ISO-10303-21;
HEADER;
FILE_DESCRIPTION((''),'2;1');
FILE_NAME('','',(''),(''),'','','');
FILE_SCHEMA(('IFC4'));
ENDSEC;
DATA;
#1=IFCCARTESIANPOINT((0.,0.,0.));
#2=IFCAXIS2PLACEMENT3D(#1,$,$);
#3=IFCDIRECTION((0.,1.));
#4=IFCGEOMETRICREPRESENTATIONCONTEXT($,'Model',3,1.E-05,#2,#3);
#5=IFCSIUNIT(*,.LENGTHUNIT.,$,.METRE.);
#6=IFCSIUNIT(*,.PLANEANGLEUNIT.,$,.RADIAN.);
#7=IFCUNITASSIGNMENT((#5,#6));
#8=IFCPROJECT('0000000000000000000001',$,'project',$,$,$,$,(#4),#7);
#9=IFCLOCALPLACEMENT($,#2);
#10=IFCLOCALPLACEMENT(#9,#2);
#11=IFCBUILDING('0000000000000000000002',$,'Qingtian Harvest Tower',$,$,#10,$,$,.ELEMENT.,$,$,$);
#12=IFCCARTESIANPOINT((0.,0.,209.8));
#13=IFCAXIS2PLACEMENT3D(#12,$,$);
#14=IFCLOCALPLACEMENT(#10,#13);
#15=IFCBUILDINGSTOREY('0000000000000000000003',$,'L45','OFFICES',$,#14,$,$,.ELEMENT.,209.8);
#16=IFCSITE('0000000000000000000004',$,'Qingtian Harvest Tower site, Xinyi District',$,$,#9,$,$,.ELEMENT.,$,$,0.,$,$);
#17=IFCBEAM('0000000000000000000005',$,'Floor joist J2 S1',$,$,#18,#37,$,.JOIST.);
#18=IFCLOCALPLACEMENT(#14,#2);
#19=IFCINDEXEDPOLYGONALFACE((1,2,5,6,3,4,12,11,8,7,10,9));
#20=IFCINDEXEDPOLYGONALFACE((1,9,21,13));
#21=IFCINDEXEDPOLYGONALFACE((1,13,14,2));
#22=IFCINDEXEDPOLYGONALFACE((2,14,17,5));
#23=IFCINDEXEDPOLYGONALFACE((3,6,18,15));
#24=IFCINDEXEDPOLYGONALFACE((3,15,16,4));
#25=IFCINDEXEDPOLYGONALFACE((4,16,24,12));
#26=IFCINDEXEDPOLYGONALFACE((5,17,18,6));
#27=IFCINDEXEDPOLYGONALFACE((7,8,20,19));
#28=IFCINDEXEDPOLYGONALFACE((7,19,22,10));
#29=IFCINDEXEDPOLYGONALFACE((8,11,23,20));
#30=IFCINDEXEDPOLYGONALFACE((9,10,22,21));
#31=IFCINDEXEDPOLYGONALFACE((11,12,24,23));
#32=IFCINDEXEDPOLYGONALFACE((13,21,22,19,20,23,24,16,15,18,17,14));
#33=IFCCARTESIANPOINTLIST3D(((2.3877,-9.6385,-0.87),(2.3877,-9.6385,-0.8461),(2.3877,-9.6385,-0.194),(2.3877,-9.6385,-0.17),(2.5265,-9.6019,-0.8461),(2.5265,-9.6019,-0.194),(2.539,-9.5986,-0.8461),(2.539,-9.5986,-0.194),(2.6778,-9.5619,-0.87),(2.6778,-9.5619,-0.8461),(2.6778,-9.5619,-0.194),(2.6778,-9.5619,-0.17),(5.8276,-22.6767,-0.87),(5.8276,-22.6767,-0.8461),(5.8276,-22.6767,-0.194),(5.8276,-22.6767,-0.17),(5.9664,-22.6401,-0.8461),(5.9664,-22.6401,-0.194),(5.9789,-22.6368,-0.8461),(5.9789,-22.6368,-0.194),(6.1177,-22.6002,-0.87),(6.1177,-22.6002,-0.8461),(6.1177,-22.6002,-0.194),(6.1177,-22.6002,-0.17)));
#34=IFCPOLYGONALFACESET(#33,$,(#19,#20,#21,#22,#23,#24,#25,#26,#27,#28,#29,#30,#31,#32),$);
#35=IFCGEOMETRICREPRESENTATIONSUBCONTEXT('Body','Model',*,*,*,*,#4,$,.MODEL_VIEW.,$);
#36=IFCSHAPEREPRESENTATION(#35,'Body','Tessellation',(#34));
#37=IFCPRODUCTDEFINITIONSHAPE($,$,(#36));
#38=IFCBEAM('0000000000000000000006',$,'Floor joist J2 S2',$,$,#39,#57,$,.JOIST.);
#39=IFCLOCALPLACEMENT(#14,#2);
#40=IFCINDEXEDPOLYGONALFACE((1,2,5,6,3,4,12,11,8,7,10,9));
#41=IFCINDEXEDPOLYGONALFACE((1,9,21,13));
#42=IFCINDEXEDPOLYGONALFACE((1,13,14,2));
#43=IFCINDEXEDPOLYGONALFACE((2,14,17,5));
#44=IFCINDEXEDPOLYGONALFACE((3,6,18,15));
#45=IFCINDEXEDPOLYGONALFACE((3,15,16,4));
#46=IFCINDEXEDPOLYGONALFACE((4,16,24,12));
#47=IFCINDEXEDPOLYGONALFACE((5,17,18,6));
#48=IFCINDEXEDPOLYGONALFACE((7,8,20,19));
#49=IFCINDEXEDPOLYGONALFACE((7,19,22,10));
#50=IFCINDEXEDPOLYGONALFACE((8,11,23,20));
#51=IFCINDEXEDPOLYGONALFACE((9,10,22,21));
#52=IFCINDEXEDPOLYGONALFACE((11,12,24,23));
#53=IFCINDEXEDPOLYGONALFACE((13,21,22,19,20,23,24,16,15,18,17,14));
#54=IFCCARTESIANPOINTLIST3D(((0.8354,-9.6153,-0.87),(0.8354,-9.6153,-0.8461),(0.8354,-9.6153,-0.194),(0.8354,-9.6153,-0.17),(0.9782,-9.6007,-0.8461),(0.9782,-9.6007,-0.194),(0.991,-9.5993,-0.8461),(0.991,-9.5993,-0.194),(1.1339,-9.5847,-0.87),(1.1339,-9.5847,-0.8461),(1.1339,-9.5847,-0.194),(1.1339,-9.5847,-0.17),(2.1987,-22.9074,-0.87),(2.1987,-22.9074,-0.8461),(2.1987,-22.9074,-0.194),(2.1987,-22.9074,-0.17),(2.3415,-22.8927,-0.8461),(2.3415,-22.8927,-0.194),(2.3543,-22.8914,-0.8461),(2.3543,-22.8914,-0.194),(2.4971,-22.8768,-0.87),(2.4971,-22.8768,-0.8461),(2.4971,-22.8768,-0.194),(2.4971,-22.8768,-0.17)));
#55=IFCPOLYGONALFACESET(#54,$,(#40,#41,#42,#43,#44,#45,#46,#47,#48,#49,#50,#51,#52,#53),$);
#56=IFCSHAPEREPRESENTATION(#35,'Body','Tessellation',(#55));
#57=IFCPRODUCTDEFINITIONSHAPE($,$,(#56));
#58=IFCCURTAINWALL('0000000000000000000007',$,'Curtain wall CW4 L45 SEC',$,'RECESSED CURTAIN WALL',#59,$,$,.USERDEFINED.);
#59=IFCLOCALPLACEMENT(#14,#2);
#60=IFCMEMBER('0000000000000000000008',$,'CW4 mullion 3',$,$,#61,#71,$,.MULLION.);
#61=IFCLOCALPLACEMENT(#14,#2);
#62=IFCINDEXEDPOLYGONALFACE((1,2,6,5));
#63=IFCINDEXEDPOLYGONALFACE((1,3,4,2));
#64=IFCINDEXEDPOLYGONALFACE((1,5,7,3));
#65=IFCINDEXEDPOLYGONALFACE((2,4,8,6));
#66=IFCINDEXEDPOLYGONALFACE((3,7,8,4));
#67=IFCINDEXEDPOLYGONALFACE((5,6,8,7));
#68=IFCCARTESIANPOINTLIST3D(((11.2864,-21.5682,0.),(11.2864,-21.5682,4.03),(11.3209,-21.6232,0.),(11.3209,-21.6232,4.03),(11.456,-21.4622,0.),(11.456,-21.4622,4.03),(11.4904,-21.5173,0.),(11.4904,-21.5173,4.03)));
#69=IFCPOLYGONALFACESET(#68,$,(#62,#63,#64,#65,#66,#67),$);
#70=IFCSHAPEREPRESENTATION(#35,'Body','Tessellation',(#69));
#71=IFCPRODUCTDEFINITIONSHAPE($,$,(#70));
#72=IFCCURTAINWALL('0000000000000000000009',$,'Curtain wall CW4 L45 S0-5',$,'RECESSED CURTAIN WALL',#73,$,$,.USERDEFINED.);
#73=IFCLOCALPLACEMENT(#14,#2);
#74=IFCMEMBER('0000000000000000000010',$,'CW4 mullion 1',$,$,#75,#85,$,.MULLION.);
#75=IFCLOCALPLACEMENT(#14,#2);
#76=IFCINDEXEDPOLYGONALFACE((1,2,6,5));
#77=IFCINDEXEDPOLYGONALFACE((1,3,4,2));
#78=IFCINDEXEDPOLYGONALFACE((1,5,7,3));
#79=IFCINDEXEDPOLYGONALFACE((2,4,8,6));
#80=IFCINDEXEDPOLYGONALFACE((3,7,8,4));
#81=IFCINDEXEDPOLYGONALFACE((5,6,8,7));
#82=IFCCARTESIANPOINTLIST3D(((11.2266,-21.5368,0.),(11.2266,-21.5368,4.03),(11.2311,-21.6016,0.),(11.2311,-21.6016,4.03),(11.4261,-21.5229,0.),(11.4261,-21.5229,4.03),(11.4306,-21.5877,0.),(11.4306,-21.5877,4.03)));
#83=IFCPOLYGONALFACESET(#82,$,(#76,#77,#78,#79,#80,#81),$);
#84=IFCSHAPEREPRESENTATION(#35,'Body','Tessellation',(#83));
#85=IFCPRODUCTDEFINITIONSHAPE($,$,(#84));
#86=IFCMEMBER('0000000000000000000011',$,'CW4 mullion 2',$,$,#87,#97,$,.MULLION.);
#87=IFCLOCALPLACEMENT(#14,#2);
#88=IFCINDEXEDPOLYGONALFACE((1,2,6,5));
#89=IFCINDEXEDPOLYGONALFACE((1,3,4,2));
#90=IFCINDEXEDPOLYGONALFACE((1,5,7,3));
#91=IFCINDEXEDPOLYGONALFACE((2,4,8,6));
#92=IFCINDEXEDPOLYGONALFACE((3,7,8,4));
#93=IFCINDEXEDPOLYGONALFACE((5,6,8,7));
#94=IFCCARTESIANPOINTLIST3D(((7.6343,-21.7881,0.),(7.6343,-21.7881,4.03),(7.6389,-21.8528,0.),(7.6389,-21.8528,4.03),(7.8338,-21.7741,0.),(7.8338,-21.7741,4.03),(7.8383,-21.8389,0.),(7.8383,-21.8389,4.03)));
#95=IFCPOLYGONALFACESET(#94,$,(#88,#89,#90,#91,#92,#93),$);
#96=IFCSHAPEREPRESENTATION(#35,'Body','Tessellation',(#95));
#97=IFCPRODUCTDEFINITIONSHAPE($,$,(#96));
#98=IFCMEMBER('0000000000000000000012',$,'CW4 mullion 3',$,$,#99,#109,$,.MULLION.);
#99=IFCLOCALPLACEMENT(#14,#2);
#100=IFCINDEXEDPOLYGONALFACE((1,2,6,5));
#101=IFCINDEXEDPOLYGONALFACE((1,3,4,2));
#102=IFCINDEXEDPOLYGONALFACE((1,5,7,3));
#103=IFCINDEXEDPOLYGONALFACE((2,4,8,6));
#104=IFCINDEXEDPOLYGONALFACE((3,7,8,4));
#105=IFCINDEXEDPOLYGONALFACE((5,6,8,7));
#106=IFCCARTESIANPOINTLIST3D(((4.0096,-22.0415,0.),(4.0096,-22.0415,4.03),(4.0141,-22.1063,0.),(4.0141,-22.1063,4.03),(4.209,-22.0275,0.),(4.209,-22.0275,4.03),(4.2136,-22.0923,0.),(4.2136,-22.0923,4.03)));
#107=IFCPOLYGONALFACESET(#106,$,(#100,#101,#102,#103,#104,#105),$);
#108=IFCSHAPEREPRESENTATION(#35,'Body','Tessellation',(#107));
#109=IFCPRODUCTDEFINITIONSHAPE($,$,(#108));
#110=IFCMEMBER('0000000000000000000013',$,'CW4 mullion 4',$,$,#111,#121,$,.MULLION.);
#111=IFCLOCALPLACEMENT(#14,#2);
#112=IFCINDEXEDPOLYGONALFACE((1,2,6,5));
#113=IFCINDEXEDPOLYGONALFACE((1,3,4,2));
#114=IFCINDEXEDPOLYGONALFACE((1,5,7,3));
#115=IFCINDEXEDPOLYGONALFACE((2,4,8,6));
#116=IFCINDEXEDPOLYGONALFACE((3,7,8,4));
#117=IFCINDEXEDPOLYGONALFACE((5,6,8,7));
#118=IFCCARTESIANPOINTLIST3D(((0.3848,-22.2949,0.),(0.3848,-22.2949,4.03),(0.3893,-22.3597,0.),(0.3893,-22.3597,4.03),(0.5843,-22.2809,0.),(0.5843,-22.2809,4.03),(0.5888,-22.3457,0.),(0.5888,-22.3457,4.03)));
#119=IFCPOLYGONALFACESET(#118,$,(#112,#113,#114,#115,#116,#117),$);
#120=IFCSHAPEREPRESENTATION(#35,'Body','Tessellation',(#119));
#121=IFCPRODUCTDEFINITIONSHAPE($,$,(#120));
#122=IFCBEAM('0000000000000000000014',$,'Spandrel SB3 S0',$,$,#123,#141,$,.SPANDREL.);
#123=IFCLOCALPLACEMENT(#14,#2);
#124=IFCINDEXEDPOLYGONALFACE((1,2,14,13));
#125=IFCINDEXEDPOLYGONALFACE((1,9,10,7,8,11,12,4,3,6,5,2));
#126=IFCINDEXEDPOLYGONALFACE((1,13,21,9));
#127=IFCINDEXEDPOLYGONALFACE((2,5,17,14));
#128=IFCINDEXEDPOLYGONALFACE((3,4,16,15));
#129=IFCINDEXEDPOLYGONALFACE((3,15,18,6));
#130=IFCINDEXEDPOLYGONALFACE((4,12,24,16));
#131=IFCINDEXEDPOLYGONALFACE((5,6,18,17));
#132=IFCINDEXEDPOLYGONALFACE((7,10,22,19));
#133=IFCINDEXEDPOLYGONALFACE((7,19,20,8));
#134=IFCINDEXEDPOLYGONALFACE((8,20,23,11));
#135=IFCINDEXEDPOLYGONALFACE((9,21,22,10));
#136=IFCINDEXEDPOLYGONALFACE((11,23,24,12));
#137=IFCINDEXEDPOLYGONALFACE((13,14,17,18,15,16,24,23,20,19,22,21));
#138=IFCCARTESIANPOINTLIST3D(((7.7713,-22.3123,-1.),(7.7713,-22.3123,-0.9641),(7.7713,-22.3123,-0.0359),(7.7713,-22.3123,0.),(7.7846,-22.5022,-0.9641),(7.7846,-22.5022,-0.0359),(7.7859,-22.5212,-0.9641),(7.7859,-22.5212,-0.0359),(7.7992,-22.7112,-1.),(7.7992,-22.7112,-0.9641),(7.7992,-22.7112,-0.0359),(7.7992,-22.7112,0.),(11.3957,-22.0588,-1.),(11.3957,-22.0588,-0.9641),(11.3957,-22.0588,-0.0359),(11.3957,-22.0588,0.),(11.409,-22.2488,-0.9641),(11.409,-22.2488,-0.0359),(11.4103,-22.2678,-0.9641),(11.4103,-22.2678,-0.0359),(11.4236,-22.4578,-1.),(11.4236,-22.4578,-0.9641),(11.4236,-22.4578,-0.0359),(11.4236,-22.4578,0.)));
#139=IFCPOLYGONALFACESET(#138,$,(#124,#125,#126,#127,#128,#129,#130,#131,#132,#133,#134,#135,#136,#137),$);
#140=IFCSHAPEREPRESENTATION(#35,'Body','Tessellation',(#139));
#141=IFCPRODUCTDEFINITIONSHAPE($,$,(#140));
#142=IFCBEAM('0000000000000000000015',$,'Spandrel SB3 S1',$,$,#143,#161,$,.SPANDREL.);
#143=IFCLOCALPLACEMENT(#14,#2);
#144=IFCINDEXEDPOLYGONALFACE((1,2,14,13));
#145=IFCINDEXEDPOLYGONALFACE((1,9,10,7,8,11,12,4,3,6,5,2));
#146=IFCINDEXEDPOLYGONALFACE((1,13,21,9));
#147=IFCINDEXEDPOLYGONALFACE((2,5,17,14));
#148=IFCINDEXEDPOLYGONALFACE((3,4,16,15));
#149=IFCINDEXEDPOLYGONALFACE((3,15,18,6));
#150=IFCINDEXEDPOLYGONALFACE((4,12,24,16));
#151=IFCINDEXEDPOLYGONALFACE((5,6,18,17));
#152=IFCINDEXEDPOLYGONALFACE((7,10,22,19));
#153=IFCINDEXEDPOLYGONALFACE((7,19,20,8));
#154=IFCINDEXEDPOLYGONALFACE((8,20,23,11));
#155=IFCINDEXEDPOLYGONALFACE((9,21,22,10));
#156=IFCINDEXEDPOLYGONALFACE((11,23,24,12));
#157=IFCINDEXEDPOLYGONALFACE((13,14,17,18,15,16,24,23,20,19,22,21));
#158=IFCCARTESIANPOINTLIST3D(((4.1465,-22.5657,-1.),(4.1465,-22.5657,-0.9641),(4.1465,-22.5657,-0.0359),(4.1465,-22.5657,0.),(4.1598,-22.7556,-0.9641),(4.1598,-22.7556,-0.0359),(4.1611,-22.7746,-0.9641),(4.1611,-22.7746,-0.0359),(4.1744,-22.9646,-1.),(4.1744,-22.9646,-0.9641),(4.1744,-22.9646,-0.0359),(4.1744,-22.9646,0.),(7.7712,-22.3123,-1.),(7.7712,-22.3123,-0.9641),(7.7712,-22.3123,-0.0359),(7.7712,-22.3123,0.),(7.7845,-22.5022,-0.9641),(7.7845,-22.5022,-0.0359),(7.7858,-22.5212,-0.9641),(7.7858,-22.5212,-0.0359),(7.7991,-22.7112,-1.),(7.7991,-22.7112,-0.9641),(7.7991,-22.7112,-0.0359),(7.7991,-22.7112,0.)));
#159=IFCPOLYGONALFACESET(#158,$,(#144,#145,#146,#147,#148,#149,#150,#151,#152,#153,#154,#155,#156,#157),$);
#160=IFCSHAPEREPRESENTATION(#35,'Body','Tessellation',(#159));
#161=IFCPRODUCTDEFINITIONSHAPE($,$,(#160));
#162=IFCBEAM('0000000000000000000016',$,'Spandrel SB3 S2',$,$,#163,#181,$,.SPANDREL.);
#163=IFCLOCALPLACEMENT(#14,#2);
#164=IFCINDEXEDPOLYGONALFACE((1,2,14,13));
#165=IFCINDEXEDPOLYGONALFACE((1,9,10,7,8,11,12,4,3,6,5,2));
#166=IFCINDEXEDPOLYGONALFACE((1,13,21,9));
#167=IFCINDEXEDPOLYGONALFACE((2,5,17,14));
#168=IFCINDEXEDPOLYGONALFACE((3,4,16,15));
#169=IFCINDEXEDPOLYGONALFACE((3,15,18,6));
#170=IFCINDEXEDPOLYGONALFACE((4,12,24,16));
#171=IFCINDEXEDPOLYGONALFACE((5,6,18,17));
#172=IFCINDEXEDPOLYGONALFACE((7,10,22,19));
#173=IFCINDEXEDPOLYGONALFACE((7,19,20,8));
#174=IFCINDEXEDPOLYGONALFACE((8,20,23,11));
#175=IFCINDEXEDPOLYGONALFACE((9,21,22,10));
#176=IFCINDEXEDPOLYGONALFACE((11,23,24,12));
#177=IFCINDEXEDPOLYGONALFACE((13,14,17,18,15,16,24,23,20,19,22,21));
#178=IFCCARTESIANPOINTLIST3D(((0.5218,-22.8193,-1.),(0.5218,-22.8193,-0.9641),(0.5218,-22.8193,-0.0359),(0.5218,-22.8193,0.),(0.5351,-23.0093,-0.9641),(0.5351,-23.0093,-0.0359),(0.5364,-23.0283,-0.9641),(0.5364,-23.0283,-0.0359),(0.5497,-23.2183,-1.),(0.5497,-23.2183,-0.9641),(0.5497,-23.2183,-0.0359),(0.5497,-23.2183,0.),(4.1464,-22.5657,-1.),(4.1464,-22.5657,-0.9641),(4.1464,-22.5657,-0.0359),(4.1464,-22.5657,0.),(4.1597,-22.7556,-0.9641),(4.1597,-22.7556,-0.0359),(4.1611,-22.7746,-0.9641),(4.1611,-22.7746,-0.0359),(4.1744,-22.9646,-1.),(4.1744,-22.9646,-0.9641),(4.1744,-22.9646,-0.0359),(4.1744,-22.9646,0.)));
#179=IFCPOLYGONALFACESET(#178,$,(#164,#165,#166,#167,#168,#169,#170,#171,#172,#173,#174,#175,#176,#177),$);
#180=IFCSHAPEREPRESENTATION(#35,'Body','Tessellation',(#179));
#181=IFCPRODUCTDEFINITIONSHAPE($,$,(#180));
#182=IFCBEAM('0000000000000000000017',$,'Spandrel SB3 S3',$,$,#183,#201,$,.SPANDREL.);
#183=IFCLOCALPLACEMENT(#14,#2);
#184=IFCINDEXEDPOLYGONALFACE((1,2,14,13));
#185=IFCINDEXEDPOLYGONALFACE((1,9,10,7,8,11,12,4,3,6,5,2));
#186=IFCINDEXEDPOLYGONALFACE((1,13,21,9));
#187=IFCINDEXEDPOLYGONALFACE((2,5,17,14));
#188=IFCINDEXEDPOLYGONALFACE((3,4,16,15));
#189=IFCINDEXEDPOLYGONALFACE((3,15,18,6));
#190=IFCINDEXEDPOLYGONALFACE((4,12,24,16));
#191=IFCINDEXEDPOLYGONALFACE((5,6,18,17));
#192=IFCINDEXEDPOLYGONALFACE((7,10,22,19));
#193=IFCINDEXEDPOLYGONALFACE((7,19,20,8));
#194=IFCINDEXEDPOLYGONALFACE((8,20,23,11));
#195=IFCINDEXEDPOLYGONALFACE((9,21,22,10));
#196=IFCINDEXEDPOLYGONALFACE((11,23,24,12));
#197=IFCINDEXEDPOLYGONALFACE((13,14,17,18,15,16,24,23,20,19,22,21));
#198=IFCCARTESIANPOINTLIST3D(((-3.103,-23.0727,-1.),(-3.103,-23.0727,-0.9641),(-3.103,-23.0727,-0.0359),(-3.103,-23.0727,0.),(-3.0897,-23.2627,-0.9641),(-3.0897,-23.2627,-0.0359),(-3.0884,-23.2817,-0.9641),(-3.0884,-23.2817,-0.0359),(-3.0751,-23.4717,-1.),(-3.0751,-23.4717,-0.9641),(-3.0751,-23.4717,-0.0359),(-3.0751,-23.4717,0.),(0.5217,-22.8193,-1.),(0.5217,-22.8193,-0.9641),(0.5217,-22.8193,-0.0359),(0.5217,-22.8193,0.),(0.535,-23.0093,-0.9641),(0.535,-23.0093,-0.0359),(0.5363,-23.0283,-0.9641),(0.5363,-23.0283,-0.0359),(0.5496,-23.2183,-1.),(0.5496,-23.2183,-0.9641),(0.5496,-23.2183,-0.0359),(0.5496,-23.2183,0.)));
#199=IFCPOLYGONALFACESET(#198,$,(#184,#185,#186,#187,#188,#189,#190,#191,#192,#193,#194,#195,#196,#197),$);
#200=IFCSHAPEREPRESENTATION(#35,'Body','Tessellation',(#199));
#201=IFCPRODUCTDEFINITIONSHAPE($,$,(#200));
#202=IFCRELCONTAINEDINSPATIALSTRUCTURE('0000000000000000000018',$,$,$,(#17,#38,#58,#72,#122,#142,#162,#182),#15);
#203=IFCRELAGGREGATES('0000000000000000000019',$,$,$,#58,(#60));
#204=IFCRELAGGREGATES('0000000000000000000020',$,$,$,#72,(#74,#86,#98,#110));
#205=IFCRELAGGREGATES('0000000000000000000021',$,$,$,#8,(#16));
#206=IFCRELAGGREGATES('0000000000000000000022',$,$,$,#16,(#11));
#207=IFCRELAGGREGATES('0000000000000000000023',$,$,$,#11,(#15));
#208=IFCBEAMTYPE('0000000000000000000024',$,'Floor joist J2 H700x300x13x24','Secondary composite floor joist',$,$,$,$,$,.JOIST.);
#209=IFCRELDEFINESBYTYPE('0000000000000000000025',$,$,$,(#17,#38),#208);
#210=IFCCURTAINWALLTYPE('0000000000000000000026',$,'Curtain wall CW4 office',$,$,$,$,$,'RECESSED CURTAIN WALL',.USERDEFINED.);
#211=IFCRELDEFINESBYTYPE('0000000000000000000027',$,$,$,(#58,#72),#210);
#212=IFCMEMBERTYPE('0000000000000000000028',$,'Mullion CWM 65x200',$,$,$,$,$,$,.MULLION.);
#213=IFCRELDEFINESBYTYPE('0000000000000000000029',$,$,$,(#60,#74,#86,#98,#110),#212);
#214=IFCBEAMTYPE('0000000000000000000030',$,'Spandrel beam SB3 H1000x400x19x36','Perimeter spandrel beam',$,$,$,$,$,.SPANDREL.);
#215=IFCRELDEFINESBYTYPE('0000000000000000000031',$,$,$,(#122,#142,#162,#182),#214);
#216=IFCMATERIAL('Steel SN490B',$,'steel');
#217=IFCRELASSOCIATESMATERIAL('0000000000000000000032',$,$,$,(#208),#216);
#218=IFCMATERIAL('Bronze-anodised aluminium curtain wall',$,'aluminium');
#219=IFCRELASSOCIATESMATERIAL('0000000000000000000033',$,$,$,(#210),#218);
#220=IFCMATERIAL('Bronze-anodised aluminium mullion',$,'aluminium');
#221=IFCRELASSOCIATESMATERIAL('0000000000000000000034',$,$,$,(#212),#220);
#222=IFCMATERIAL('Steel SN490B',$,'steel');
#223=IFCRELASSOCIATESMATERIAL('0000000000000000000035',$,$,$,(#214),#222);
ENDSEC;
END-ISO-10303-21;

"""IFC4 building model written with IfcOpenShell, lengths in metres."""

from ifc_helpers import new_model, si_unit, direction, frame, origin, origin_2d, place, context, subcontext, project, spatial, rectangle, i_section, extrude, material, material_profile, profile_set, type_object, element, aggregate, save


model = new_model("IFC4")

# Units and contexts
model_context = context("Model", 3, precision=1e-05, world=origin(), true_north=direction((0.0, 1.0)))
body_context = subcontext(model_context, "Body", "Model", "MODEL_VIEW")
ifc_project = project(units=[si_unit("LENGTHUNIT", "METRE"), si_unit("PLANEANGLEUNIT", "RADIAN")], contexts=[model_context])

# Site, building, storey
site_placement = place(None, origin())
site = spatial("IfcSite", under=ifc_project, at=site_placement, Name="Qingtian Harvest Tower site, Xinyi District", CompositionType="ELEMENT", RefElevation=0.0)
building_placement = place(site_placement, origin())
building = spatial("IfcBuilding", under=site, at=building_placement, Name="Qingtian Harvest Tower", CompositionType="ELEMENT")
storey_placement = place(building_placement, frame((0.0, 0.0, 209.8)))
storey = spatial("IfcBuildingStorey", under=building, at=storey_placement, Name="L45", Description="OFFICES", CompositionType="ELEMENT", Elevation=209.8)

# Beams
ifc_material_1 = material(Name="Steel SN490B", Category="steel")
ifc_material_profile_1 = material_profile(ifc_material_1, i_section(OverallWidth=0.3, OverallDepth=0.7, WebThickness=0.0129, FlangeThickness=0.0239, at=origin_2d()), Name="H700x300x13x24")
ifc_profile_set_1 = profile_set([ifc_material_profile_1], Name="Steel SN490B")
beam_type_1 = type_object("IfcBeamType", Name="Floor joist J2 H700x300x13x24", Description="Secondary composite floor joist", PredefinedType="JOIST", material=ifc_profile_set_1)
beam_1_placement = place(storey_placement, frame((5.9727, -22.6384, -0.52), z_axis=(-0.255104, 0.966914, 0.0), x_axis=(-0.966914, -0.255104, 0.0)))
element("IfcBeam", 1, at=beam_1_placement, inside=storey, type_object=beam_type_1, Name="Floor joist J2 S1", PredefinedType="JOIST", context=body_context, shape_type="SweptSolid", body=[
    extrude(i_section(OverallWidth=0.3, OverallDepth=0.7, WebThickness=0.0129, FlangeThickness=0.0239, at=origin_2d()), origin(), (0.0, 0.0, 1.0), 13.4844),
])
beam_2_placement = place(storey_placement, frame((2.3479, -22.8921, -0.52), z_axis=(-0.102029, 0.994781, 0.0), x_axis=(-0.994781, -0.102029, 0.0)))
element("IfcBeam", 2, at=beam_2_placement, inside=storey, type_object=beam_type_1, Name="Floor joist J2 S2", PredefinedType="JOIST", context=body_context, shape_type="SweptSolid", body=[
    extrude(i_section(OverallWidth=0.3, OverallDepth=0.7, WebThickness=0.0129, FlangeThickness=0.0239, at=origin_2d()), origin(), (0.0, 0.0, 1.0), 13.3618),
])

# Curtain wall, member
ifc_material_2 = material(Name="Bronze-anodised aluminium curtain wall", Category="aluminium")
curtain_wall_type = type_object("IfcCurtainWallType", Name="Curtain wall CW4 office", ElementType="RECESSED CURTAIN WALL", PredefinedType="USERDEFINED", material=ifc_material_2)
curtain_wall_1_placement = place(storey_placement, origin())
curtain_wall_1 = element("IfcCurtainWall", 3, at=curtain_wall_1_placement, inside=storey, type_object=curtain_wall_type, Name="Curtain wall CW4 L45 SEC", ObjectType="RECESSED CURTAIN WALL", PredefinedType="USERDEFINED")
ifc_material_3 = material(Name="Bronze-anodised aluminium mullion", Category="aluminium")
ifc_material_profile_2 = material_profile(ifc_material_3, rectangle(XDim=0.0649, YDim=0.2, at=origin_2d()), Name="AL 65x200")
ifc_profile_set_2 = profile_set([ifc_material_profile_2], Name="Bronze-anodised aluminium mullion")
member_type_1 = type_object("IfcMemberType", Name="Mullion CWM 65x200", PredefinedType="MULLION", material=ifc_profile_set_2)
member_1_placement = place(storey_placement, frame((11.3884, -21.5427, 0.0), z_axis=(0.0, 0.0, 1.0), x_axis=(0.529919, -0.848048, 0.0)))
member_1 = element("IfcMember", 4, at=member_1_placement, type_object=member_type_1, Name="CW4 mullion 3", PredefinedType="MULLION", context=body_context, shape_type="SweptSolid", body=[
    extrude(rectangle(XDim=0.0649, YDim=0.2, at=origin_2d()), origin(), (0.0, 0.0, 1.0), 4.03),
])
aggregate(curtain_wall_1, [member_1])

# Curtain wall, members
curtain_wall_2_placement = place(storey_placement, origin())
curtain_wall_2 = element("IfcCurtainWall", 5, at=curtain_wall_2_placement, inside=storey, type_object=curtain_wall_type, Name="Curtain wall CW4 L45 S0-5", ObjectType="RECESSED CURTAIN WALL", PredefinedType="USERDEFINED")
member_2_placement = place(storey_placement, frame((11.3286, -21.5623, 0.0), z_axis=(0.0, 0.0, 1.0), x_axis=(0.069756, -0.997564, 0.0)))
member_2 = element("IfcMember", 6, at=member_2_placement, type_object=member_type_1, Name="CW4 mullion 1", PredefinedType="MULLION", context=body_context, shape_type="SweptSolid", body=[
    extrude(rectangle(XDim=0.0649, YDim=0.2, at=origin_2d()), origin(), (0.0, 0.0, 1.0), 4.03),
])
member_3_placement = place(storey_placement, frame((7.7363, -21.8135, 0.0), z_axis=(0.0, 0.0, 1.0), x_axis=(0.069756, -0.997564, 0.0)))
member_3 = element("IfcMember", 7, at=member_3_placement, type_object=member_type_1, Name="CW4 mullion 2", PredefinedType="MULLION", context=body_context, shape_type="SweptSolid", body=[
    extrude(rectangle(XDim=0.0649, YDim=0.2, at=origin_2d()), origin(), (0.0, 0.0, 1.0), 4.03),
])
member_4_placement = place(storey_placement, frame((4.1116, -22.0669, 0.0), z_axis=(0.0, 0.0, 1.0), x_axis=(0.069756, -0.997564, 0.0)))
member_4 = element("IfcMember", 8, at=member_4_placement, type_object=member_type_1, Name="CW4 mullion 3", PredefinedType="MULLION", context=body_context, shape_type="SweptSolid", body=[
    extrude(rectangle(XDim=0.0649, YDim=0.2, at=origin_2d()), origin(), (0.0, 0.0, 1.0), 4.03),
])
member_5_placement = place(storey_placement, frame((0.4868, -22.3203, 0.0), z_axis=(0.0, 0.0, 1.0), x_axis=(0.069756, -0.997564, 0.0)))
member_5 = element("IfcMember", 9, at=member_5_placement, type_object=member_type_1, Name="CW4 mullion 4", PredefinedType="MULLION", context=body_context, shape_type="SweptSolid", body=[
    extrude(rectangle(XDim=0.0649, YDim=0.2, at=origin_2d()), origin(), (0.0, 0.0, 1.0), 4.03),
])

# Beams
ifc_material_4 = material(Name="Steel SN490B", Category="steel")
ifc_material_profile_3 = material_profile(ifc_material_4, i_section(OverallWidth=0.3999, OverallDepth=1.0, WebThickness=0.019, FlangeThickness=0.0359, at=origin_2d()), Name="H1000x400x19x36")
ifc_profile_set_3 = profile_set([ifc_material_profile_3], Name="Steel SN490B")
beam_type_2 = type_object("IfcBeamType", Name="Spandrel beam SB3 H1000x400x19x36", Description="Perimeter spandrel beam", PredefinedType="SPANDREL", material=ifc_profile_set_3)
beam_3_placement = place(storey_placement, frame((11.4097, -22.2583, -0.5), z_axis=(-0.997565, -0.069748, 0.0), x_axis=(0.069748, -0.997565, 0.0)))
element("IfcBeam", 10, at=beam_3_placement, inside=storey, type_object=beam_type_2, Name="Spandrel SB3 S0", PredefinedType="SPANDREL", context=body_context, shape_type="SweptSolid", body=[
    extrude(i_section(OverallWidth=0.3999, OverallDepth=1.0, WebThickness=0.019, FlangeThickness=0.0359, at=origin_2d()), origin(), (0.0, 0.0, 1.0), 3.6333),
])
for number, where, z_axis, x_axis, name in (
    (11, (7.7852, -22.5117, -0.5), (-0.997565, -0.069743, 0.0), (0.069743, -0.997565, 0.0), "Spandrel SB3 S1"),
    (12, (4.1604, -22.7651, -0.5), (-0.99756, -0.06981, 0.0), (0.06981, -0.99756, 0.0), "Spandrel SB3 S2"),
    (13, (0.5356, -23.0188, -0.5), (-0.997565, -0.069743, 0.0), (0.069743, -0.997565, 0.0), "Spandrel SB3 S3"),
):
    element("IfcBeam", number, at=place(storey_placement, frame(where, z_axis=z_axis, x_axis=x_axis)), inside=storey, type_object=beam_type_2, Name=name, PredefinedType="SPANDREL", context=body_context, shape_type="SweptSolid", body=[
        extrude(i_section(OverallWidth=0.3999, OverallDepth=1.0, WebThickness=0.019, FlangeThickness=0.0359, at=origin_2d()), origin(), (0.0, 0.0, 1.0), 3.6335),
    ])

aggregate(curtain_wall_2, [member_2, member_3, member_4, member_5])

save(model, "model.ifc")
